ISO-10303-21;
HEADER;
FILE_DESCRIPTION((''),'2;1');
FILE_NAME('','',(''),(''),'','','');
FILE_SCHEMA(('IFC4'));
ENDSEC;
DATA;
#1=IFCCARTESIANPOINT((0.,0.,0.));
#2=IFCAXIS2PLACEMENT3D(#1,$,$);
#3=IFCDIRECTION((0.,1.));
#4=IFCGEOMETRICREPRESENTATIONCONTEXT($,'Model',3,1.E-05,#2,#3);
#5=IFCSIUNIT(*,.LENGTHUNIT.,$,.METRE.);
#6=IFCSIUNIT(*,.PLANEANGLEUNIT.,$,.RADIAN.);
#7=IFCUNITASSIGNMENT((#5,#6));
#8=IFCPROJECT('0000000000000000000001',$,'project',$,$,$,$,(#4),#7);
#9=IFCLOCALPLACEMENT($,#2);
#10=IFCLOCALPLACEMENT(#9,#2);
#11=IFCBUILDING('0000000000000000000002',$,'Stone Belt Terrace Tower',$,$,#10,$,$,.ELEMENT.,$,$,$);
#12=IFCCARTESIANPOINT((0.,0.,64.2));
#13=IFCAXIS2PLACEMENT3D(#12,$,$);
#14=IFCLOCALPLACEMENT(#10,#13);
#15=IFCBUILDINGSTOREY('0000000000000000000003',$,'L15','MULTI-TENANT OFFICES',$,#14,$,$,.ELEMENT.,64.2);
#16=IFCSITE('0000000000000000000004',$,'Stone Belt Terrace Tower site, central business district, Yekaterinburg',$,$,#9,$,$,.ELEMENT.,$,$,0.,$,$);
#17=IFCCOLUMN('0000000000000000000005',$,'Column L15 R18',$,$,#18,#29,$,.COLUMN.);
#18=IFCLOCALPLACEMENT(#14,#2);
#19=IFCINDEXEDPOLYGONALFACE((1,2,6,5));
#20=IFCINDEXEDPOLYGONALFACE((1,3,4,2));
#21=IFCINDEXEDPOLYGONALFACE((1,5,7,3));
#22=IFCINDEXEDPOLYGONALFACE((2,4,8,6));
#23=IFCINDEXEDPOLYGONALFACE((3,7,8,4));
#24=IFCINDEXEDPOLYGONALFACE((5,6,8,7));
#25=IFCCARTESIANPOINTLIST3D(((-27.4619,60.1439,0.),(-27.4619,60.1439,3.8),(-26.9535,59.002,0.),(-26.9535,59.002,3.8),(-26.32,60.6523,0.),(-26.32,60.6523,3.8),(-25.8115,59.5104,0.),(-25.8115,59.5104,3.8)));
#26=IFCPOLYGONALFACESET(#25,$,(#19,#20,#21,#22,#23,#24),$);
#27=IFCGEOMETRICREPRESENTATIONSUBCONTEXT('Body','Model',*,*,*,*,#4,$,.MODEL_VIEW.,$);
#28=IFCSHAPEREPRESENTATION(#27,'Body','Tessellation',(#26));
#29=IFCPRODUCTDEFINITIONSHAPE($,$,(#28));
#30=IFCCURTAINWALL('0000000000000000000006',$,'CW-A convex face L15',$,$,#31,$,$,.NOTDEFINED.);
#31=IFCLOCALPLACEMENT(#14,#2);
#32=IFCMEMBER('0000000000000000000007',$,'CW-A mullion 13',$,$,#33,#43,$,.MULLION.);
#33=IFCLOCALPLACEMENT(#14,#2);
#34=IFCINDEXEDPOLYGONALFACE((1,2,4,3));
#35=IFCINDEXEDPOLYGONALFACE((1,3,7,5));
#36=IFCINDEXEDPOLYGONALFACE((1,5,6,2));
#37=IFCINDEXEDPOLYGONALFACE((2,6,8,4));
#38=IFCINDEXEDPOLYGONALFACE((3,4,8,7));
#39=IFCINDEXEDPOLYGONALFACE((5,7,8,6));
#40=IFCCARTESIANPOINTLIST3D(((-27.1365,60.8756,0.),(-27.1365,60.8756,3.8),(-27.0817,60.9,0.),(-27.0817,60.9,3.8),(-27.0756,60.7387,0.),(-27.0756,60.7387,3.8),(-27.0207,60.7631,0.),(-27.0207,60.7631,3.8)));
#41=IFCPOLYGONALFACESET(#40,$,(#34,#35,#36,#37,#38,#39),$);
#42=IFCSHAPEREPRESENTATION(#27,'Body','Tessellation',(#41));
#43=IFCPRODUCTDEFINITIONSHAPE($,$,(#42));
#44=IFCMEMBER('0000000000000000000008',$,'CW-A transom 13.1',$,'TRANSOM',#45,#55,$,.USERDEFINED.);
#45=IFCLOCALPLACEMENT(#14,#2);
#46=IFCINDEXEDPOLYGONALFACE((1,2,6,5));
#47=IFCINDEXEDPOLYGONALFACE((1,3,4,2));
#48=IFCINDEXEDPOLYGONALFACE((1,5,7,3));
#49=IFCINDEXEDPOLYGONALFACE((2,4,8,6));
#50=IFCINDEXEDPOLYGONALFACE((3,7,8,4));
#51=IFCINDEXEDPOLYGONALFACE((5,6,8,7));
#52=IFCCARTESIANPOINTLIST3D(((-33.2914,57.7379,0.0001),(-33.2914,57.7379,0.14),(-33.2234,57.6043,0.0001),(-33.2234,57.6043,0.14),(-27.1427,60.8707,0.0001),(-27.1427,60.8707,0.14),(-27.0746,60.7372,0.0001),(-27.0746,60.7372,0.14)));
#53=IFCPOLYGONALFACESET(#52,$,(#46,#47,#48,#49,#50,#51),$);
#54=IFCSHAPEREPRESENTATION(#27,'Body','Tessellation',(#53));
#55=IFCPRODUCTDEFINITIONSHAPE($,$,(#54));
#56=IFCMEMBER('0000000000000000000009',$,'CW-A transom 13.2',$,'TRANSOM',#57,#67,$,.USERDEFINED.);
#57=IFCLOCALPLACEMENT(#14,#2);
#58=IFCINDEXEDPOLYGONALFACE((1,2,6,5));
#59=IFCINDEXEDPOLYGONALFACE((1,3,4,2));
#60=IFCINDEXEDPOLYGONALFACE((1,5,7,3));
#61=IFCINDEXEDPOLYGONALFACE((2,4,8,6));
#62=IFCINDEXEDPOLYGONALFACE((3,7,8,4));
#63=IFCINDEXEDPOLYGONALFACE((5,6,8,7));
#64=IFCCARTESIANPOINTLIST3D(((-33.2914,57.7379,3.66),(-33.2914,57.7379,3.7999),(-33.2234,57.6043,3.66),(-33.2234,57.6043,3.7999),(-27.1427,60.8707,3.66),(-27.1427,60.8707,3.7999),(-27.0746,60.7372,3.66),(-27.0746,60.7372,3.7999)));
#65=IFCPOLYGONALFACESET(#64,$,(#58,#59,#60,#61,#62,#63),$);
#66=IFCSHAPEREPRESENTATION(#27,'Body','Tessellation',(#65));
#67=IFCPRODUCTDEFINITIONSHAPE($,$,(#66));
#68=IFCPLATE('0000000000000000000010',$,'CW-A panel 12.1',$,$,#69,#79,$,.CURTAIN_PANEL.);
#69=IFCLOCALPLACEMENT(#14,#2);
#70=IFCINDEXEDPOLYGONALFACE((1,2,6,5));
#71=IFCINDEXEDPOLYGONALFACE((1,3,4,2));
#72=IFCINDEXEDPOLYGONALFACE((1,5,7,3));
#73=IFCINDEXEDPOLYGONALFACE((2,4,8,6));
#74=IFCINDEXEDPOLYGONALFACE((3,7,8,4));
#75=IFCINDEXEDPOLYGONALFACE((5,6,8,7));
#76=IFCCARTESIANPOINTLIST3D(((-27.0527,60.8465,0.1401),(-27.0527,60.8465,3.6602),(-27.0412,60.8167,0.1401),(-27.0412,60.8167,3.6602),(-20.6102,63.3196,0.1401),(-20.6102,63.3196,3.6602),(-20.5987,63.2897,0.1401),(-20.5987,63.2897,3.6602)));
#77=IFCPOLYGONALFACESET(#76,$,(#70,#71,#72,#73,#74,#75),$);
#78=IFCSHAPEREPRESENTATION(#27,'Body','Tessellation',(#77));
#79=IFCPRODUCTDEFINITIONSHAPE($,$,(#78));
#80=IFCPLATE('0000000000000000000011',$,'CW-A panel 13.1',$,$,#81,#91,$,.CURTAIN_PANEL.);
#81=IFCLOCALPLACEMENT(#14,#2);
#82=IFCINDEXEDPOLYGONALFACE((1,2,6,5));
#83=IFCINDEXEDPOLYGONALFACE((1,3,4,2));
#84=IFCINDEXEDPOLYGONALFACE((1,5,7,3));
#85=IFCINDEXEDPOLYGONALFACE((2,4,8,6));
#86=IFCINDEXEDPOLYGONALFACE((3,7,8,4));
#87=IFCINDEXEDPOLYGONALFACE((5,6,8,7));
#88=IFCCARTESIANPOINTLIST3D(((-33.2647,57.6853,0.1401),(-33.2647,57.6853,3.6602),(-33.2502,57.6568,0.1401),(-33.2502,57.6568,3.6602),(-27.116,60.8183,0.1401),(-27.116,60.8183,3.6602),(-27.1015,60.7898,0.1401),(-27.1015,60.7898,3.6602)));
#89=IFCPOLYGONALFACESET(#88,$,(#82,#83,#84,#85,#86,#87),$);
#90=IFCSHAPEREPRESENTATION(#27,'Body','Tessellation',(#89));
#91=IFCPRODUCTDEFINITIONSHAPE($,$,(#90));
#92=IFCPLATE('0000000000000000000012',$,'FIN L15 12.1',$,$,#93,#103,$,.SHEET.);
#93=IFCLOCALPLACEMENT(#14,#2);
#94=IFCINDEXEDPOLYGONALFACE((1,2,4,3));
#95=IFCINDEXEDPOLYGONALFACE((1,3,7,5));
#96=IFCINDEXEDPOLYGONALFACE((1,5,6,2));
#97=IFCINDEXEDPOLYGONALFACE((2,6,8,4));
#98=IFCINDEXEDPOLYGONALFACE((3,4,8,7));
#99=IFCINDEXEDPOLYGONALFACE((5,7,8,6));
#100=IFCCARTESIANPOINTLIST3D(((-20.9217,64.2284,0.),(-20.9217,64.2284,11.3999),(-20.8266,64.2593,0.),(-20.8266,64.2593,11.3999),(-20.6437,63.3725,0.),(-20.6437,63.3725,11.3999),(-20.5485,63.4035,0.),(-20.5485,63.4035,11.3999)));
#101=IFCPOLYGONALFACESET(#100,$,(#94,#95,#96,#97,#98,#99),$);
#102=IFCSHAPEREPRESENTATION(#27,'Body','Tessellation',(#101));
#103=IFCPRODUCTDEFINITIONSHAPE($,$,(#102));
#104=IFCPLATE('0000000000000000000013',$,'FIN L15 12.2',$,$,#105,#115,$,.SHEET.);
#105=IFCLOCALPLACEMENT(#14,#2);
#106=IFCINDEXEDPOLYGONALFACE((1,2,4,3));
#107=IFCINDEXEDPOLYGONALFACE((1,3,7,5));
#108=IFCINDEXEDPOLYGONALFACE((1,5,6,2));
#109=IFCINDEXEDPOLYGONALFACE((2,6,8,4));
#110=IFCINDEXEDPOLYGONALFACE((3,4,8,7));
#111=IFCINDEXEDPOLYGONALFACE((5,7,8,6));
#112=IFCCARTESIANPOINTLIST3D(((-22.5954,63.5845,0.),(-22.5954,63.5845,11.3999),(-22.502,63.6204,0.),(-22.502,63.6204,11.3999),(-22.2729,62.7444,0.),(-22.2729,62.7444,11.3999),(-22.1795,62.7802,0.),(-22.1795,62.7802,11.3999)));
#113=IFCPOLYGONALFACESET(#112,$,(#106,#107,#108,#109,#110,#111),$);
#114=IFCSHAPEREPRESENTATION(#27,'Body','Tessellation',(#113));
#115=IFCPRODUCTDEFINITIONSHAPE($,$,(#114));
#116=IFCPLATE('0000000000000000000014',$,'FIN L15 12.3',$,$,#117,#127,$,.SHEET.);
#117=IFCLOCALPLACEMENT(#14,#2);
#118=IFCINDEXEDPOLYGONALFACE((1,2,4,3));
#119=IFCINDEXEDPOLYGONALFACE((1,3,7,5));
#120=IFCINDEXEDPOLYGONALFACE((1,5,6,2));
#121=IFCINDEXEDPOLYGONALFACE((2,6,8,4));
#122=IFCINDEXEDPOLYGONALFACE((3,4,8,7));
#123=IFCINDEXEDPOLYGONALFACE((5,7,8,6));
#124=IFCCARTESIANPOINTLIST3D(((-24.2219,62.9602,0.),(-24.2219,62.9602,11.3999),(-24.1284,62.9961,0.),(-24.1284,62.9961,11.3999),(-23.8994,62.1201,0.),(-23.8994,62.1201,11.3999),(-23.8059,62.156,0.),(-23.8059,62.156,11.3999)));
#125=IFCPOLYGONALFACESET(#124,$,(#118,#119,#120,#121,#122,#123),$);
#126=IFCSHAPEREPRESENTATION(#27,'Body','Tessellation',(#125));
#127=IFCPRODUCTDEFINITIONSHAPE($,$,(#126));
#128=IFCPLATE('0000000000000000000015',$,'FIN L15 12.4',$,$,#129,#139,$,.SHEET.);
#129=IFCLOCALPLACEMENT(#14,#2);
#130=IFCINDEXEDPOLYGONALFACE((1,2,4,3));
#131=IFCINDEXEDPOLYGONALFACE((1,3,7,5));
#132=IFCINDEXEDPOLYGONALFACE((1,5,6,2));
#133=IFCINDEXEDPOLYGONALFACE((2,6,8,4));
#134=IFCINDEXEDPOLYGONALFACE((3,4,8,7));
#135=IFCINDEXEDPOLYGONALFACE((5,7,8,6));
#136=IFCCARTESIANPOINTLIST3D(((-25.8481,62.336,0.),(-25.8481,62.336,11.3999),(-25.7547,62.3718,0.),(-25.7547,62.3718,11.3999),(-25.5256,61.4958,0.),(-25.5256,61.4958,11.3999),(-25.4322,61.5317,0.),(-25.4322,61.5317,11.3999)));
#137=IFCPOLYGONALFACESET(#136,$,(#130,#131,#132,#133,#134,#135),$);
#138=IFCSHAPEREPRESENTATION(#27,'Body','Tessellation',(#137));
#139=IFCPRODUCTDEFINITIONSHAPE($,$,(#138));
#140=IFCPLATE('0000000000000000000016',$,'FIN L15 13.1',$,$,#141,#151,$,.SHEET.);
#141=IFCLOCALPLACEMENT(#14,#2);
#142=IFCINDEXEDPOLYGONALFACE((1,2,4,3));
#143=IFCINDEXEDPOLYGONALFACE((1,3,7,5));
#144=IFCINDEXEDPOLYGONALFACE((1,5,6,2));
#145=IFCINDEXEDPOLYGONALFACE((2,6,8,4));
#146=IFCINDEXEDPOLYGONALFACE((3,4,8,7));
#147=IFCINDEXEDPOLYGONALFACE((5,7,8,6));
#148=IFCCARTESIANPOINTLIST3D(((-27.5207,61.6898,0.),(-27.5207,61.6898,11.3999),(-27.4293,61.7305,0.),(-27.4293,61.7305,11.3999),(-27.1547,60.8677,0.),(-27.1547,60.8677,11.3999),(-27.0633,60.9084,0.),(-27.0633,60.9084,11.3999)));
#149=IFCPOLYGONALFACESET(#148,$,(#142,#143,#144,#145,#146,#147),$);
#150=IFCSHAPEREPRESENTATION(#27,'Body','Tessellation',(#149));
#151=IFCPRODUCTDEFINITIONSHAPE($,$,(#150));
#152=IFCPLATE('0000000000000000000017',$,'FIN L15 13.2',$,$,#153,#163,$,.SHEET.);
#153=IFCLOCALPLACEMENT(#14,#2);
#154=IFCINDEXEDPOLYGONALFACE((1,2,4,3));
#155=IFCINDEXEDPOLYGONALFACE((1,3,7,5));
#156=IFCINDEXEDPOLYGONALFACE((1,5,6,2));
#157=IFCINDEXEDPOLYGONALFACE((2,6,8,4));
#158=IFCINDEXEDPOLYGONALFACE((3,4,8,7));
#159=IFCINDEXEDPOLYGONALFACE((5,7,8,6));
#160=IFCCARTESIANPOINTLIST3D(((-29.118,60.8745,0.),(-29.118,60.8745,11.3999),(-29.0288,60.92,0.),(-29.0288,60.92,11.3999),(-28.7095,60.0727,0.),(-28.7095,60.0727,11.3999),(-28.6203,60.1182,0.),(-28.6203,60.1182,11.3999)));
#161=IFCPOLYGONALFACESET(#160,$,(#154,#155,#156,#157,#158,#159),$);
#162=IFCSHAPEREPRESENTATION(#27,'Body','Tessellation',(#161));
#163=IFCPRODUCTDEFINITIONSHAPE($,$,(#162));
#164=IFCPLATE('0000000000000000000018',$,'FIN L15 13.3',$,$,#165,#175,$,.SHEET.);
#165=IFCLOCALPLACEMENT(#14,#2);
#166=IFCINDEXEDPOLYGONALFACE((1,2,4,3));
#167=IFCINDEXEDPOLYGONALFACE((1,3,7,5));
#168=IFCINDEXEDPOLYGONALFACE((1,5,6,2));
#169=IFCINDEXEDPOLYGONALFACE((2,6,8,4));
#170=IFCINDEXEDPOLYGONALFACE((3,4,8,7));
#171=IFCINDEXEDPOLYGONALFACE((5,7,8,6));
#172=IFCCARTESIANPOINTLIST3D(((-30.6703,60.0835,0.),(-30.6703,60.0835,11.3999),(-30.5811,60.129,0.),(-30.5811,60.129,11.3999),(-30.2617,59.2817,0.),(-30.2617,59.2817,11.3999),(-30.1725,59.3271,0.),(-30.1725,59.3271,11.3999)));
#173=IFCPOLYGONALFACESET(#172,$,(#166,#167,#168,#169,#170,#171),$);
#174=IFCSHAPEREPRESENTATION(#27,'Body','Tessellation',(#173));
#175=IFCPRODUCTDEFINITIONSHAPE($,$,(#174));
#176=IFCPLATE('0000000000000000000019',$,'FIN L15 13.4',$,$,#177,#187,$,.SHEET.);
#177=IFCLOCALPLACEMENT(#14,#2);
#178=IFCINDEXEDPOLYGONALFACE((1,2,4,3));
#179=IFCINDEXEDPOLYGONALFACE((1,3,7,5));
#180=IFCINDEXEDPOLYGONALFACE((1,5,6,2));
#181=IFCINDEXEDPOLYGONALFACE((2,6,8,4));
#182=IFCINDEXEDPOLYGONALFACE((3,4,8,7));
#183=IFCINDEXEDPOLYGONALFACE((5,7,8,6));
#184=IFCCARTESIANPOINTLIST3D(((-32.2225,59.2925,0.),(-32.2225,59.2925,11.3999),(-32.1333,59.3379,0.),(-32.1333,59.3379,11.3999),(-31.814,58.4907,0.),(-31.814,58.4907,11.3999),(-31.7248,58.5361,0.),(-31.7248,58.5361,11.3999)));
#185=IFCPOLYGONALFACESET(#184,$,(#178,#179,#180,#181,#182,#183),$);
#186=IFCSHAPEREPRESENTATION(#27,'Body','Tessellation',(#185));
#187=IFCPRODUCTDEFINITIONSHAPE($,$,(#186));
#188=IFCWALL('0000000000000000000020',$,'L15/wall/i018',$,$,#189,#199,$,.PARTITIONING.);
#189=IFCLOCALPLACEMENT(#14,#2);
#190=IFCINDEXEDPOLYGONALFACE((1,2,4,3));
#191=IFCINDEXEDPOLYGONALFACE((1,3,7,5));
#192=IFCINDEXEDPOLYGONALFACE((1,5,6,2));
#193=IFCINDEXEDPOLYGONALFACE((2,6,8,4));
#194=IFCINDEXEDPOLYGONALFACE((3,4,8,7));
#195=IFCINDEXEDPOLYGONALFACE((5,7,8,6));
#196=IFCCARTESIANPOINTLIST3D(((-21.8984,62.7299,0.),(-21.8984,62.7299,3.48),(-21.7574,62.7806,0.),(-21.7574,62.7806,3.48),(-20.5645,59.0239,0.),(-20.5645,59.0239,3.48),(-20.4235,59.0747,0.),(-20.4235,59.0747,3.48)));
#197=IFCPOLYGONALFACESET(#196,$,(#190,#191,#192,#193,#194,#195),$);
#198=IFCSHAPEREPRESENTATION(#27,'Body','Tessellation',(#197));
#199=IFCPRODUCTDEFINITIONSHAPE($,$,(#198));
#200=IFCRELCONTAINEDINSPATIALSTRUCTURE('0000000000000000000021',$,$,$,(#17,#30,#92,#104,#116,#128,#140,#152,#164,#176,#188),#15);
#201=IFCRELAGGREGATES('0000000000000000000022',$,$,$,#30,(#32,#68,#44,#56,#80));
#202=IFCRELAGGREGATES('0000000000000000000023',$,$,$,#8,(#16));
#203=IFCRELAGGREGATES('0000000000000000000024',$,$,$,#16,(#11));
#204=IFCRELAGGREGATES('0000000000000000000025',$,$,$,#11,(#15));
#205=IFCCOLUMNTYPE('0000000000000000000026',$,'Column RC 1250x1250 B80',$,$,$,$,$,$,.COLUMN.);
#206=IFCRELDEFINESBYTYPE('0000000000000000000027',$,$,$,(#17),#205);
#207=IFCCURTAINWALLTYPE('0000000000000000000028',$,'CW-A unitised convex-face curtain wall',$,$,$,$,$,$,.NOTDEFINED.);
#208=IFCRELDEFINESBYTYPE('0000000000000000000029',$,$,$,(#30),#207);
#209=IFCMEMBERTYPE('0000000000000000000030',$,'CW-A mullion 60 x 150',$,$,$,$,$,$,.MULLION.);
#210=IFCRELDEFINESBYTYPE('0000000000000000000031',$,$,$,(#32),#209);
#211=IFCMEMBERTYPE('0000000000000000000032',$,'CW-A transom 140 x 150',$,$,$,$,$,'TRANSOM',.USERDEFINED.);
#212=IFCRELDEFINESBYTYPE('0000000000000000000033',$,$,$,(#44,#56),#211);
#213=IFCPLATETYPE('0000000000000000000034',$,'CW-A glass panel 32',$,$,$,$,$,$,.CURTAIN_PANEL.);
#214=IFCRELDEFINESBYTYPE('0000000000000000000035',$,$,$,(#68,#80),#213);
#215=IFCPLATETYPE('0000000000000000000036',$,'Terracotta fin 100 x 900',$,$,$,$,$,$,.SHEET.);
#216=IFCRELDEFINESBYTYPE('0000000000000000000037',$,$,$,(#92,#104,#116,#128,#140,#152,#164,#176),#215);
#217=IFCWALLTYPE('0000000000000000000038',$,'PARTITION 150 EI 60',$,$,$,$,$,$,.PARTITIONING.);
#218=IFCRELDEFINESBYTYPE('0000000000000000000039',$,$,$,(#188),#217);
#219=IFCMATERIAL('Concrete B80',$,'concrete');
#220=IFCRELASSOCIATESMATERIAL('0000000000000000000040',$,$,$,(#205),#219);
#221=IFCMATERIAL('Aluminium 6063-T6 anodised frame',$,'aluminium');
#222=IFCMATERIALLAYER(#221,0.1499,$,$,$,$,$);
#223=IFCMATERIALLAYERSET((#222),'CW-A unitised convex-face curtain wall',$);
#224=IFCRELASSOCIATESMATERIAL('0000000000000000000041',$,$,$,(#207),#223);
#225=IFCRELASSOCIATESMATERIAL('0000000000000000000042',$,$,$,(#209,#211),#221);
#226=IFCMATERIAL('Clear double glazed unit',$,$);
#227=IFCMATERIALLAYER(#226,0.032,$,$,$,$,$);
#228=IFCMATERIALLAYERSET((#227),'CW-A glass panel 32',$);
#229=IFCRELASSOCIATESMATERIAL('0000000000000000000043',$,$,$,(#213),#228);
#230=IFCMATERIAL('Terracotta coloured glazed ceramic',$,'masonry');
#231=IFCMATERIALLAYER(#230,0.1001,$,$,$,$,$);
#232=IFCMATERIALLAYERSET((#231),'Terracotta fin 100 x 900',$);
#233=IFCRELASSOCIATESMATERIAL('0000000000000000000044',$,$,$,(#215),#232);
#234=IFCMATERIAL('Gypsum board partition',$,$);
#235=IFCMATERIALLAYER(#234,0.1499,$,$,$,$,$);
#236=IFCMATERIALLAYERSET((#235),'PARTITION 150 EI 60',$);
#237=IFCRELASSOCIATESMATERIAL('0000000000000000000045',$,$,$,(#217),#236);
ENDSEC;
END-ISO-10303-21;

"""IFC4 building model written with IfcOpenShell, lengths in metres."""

from ifc_helpers import new_model, si_unit, direction, frame, frame_2d, origin, origin_2d, place, context, subcontext, project, spatial, rectangle, extrude, material, layer, layer_set, material_profile, profile_set, type_object, element, aggregate, save


model = new_model("IFC4")

# Units and contexts
model_context = context("Model", 3, precision=1e-05, world=origin(), true_north=direction((0.0, 1.0)))
body_context = subcontext(model_context, "Body", "Model", "MODEL_VIEW")
ifc_project = project(units=[si_unit("LENGTHUNIT", "METRE"), si_unit("PLANEANGLEUNIT", "RADIAN")], contexts=[model_context])

# Site, building, storey
site_placement = place(None, origin())
site = spatial("IfcSite", under=ifc_project, at=site_placement, Name="Stone Belt Terrace Tower site, central business district, Yekaterinburg", CompositionType="ELEMENT", RefElevation=0.0)
building_placement = place(site_placement, origin())
building = spatial("IfcBuilding", under=site, at=building_placement, Name="Stone Belt Terrace Tower", CompositionType="ELEMENT")
storey_placement = place(building_placement, frame((0.0, 0.0, 64.2)))
storey = spatial("IfcBuildingStorey", under=building, at=storey_placement, Name="L15", Description="MULTI-TENANT OFFICES", CompositionType="ELEMENT", Elevation=64.2)

# Column
ifc_material_1 = material(Name="Concrete B80", Category="concrete")
ifc_material_profile_1 = material_profile(ifc_material_1, rectangle(XDim=1.25, YDim=1.25, at=origin_2d()), Name="RC 1250x1250")
ifc_profile_set_1 = profile_set([ifc_material_profile_1], Name="Concrete B80")
column_type = type_object("IfcColumnType", Name="Column RC 1250x1250 B80", PredefinedType="COLUMN", material=ifc_profile_set_1)
column_placement = place(storey_placement, frame((-26.6367, 59.8271, 0.0), z_axis=(0.0, 0.0, 1.0), x_axis=(0.913545, 0.406737, 0.0)))
element("IfcColumn", 1, at=column_placement, inside=storey, type_object=column_type, Name="Column L15 R18", PredefinedType="COLUMN", context=body_context, shape_type="SweptSolid", body=[
    extrude(rectangle(XDim=1.25, YDim=1.25, at=origin_2d()), origin(), (0.0, 0.0, 1.0), 3.8),
])

# Curtain wall, members, plates
ifc_material_2 = material(Name="Aluminium 6063-T6 anodised frame", Category="aluminium")
ifc_layer_1 = layer(ifc_material_2, 0.1499)
ifc_layer_set_1 = layer_set([ifc_layer_1], Name="CW-A unitised convex-face curtain wall")
curtain_wall_type = type_object("IfcCurtainWallType", Name="CW-A unitised convex-face curtain wall", PredefinedType="NOTDEFINED", material=ifc_layer_set_1)
curtain_wall_placement = place(storey_placement, origin())
curtain_wall = element("IfcCurtainWall", 2, at=curtain_wall_placement, inside=storey, type_object=curtain_wall_type, Name="CW-A convex face L15", PredefinedType="NOTDEFINED")
ifc_material_profile_2 = material_profile(ifc_material_2, rectangle(XDim=0.1499, YDim=0.0601, at=origin_2d()), Name="Aluminium 6063-T6 60x150")
ifc_profile_set_2 = profile_set([ifc_material_profile_2], Name="Aluminium 6063-T6 anodised frame")
member_type_1 = type_object("IfcMemberType", Name="CW-A mullion 60 x 150", PredefinedType="MULLION", material=ifc_profile_set_2)
member_1_placement = place(storey_placement, frame((-27.0786, 60.8193, 0.0), z_axis=(0.0, 0.0, 1.0), x_axis=(0.406737, -0.913545, 0.0)))
member_1 = element("IfcMember", 3, at=member_1_placement, type_object=member_type_1, Name="CW-A mullion 13", PredefinedType="MULLION", context=body_context, shape_type="SweptSolid", body=[
    extrude(rectangle(XDim=0.1499, YDim=0.0601, at=origin_2d()), origin(), (0.0, 0.0, 1.0), 3.8),
])
ifc_material_profile_3 = material_profile(ifc_material_2, rectangle(XDim=0.1499, YDim=0.1399, at=origin_2d()), Name="Aluminium 6063-T6 150x140")
ifc_profile_set_3 = profile_set([ifc_material_profile_3], Name="Aluminium 6063-T6 anodised frame")
member_type_2 = type_object("IfcMemberType", Name="CW-A transom 140 x 150", ElementType="TRANSOM", PredefinedType="USERDEFINED", material=ifc_profile_set_3)
member_2_placement = place(storey_placement, frame((-27.1086, 60.804, 0.0701), z_axis=(-0.891012, -0.453979, 0.0), x_axis=(0.453979, -0.891012, 0.0)))
member_2 = element("IfcMember", 4, at=member_2_placement, type_object=member_type_2, Name="CW-A transom 13.1", ObjectType="TRANSOM", PredefinedType="USERDEFINED", context=body_context, shape_type="SweptSolid", body=[
    extrude(rectangle(XDim=0.1499, YDim=0.1399, at=origin_2d()), origin(), (0.0, 0.0, 1.0), 6.9009),
])
member_3_placement = place(storey_placement, frame((-27.1086, 60.804, 3.73), z_axis=(-0.891012, -0.453979, 0.0), x_axis=(0.453979, -0.891012, 0.0)))
member_3 = element("IfcMember", 5, at=member_3_placement, type_object=member_type_2, Name="CW-A transom 13.2", ObjectType="TRANSOM", PredefinedType="USERDEFINED", context=body_context, shape_type="SweptSolid", body=[
    extrude(rectangle(XDim=0.1499, YDim=0.1399, at=origin_2d()), origin(), (0.0, 0.0, 1.0), 6.9009),
])
ifc_material_3 = material(Name="Clear double glazed unit")
ifc_layer_2 = layer(ifc_material_3, 0.032)
ifc_layer_set_2 = layer_set([ifc_layer_2], Name="CW-A glass panel 32")
plate_type_1 = type_object("IfcPlateType", Name="CW-A glass panel 32", PredefinedType="CURTAIN_PANEL", material=ifc_layer_set_2)
plate_1_placement = place(storey_placement, frame((-23.8257, 62.0681, 0.1401), z_axis=(0.0, 0.0, 1.0), x_axis=(-0.93358, -0.358368, 0.0)))
plate_1 = element("IfcPlate", 6, at=plate_1_placement, type_object=plate_type_1, Name="CW-A panel 12.1", PredefinedType="CURTAIN_PANEL", context=body_context, shape_type="SweptSolid", body=[
    extrude(rectangle(XDim=6.9009, YDim=0.032, at=origin_2d()), origin(), (0.0, 0.0, 1.0), 3.52),
])
plate_2_placement = place(storey_placement, frame((-30.1831, 59.2375, 0.1401), z_axis=(0.0, 0.0, 1.0), x_axis=(-0.891007, -0.45399, 0.0)))
plate_2 = element("IfcPlate", 7, at=plate_2_placement, type_object=plate_type_1, Name="CW-A panel 13.1", PredefinedType="CURTAIN_PANEL", context=body_context, shape_type="SweptSolid", body=[
    extrude(rectangle(XDim=6.9009, YDim=0.032, at=origin_2d()), origin(), (0.0, 0.0, 1.0), 3.52),
])
aggregate(curtain_wall, [member_1, plate_1, member_2, member_3, plate_2])

# Plates
ifc_material_4 = material(Name="Terracotta coloured glazed ceramic", Category="masonry")
ifc_layer_3 = layer(ifc_material_4, 0.1001)
ifc_layer_set_3 = layer_set([ifc_layer_3], Name="Terracotta fin 100 x 900")
plate_type_2 = type_object("IfcPlateType", Name="Terracotta fin 100 x 900", PredefinedType="SHEET", material=ifc_layer_set_3)
for number, where, z_axis, x_axis, name in (
    (8, (-20.7351, 63.8159, 0.0), (0.0, 0.0, 1.0), (-0.309017, 0.951057, 0.0), "FIN L15 12.1"),
    (9, (-22.3875, 63.1824, 0.0), (0.0, 0.0, 1.0), (-0.358368, 0.93358, 0.0), "FIN L15 12.2"),
    (10, (-24.0139, 62.5581, 0.0), (0.0, 0.0, 1.0), (-0.358368, 0.93358, 0.0), "FIN L15 12.3"),
    (11, (-25.6401, 61.9338, 0.0), (0.0, 0.0, 1.0), (-0.358368, 0.93358, 0.0), "FIN L15 12.4"),
    (12, (-27.292, 61.2991, 0.0), (0.0, 0.0, 1.0), (-0.406737, 0.913545, 0.0), "FIN L15 13.1"),
    (13, (-28.8691, 60.4963, 0.0), (0.0, 0.0, 1.0), (-0.45399, 0.891007, 0.0), "FIN L15 13.2"),
    (14, (-30.4214, 59.7053, 0.0), (0.0, 0.0, 1.0), (-0.45399, 0.891007, 0.0), "FIN L15 13.3"),
    (15, (-31.9736, 58.9143, 0.0), (0.0, 0.0, 1.0), (-0.45399, 0.891007, 0.0), "FIN L15 13.4"),
):
    element("IfcPlate", number, at=place(storey_placement, frame(where, z_axis=z_axis, x_axis=x_axis)), inside=storey, type_object=plate_type_2, Name=name, PredefinedType="SHEET", context=body_context, shape_type="SweptSolid", body=[
        extrude(rectangle(XDim=0.8999, YDim=0.1001, at=origin_2d()), origin(), (0.0, 0.0, 1.0), 11.3999),
    ])

# Wall
ifc_material_5 = material(Name="Gypsum board partition")
ifc_layer_4 = layer(ifc_material_5, 0.1499)
ifc_layer_set_4 = layer_set([ifc_layer_4], Name="PARTITION 150 EI 60")
wall_type = type_object("IfcWallType", Name="PARTITION 150 EI 60", PredefinedType="PARTITIONING", material=ifc_layer_set_4)
wall_placement = place(storey_placement, frame((-21.8279, 62.7551, 0.0), z_axis=(0.0, 0.0, 1.0), x_axis=(0.338676, -0.940903, 0.0)))
element("IfcWall", 16, at=wall_placement, inside=storey, type_object=wall_type, Name="L15/wall/i018", PredefinedType="PARTITIONING", context=body_context, shape_type="SweptSolid", body=[
    extrude(rectangle(XDim=3.9387, YDim=0.1499, at=frame_2d((1.9692, 0.0))), origin(), (0.0, 0.0, 1.0), 3.48),
])

save(model, "model.ifc")
